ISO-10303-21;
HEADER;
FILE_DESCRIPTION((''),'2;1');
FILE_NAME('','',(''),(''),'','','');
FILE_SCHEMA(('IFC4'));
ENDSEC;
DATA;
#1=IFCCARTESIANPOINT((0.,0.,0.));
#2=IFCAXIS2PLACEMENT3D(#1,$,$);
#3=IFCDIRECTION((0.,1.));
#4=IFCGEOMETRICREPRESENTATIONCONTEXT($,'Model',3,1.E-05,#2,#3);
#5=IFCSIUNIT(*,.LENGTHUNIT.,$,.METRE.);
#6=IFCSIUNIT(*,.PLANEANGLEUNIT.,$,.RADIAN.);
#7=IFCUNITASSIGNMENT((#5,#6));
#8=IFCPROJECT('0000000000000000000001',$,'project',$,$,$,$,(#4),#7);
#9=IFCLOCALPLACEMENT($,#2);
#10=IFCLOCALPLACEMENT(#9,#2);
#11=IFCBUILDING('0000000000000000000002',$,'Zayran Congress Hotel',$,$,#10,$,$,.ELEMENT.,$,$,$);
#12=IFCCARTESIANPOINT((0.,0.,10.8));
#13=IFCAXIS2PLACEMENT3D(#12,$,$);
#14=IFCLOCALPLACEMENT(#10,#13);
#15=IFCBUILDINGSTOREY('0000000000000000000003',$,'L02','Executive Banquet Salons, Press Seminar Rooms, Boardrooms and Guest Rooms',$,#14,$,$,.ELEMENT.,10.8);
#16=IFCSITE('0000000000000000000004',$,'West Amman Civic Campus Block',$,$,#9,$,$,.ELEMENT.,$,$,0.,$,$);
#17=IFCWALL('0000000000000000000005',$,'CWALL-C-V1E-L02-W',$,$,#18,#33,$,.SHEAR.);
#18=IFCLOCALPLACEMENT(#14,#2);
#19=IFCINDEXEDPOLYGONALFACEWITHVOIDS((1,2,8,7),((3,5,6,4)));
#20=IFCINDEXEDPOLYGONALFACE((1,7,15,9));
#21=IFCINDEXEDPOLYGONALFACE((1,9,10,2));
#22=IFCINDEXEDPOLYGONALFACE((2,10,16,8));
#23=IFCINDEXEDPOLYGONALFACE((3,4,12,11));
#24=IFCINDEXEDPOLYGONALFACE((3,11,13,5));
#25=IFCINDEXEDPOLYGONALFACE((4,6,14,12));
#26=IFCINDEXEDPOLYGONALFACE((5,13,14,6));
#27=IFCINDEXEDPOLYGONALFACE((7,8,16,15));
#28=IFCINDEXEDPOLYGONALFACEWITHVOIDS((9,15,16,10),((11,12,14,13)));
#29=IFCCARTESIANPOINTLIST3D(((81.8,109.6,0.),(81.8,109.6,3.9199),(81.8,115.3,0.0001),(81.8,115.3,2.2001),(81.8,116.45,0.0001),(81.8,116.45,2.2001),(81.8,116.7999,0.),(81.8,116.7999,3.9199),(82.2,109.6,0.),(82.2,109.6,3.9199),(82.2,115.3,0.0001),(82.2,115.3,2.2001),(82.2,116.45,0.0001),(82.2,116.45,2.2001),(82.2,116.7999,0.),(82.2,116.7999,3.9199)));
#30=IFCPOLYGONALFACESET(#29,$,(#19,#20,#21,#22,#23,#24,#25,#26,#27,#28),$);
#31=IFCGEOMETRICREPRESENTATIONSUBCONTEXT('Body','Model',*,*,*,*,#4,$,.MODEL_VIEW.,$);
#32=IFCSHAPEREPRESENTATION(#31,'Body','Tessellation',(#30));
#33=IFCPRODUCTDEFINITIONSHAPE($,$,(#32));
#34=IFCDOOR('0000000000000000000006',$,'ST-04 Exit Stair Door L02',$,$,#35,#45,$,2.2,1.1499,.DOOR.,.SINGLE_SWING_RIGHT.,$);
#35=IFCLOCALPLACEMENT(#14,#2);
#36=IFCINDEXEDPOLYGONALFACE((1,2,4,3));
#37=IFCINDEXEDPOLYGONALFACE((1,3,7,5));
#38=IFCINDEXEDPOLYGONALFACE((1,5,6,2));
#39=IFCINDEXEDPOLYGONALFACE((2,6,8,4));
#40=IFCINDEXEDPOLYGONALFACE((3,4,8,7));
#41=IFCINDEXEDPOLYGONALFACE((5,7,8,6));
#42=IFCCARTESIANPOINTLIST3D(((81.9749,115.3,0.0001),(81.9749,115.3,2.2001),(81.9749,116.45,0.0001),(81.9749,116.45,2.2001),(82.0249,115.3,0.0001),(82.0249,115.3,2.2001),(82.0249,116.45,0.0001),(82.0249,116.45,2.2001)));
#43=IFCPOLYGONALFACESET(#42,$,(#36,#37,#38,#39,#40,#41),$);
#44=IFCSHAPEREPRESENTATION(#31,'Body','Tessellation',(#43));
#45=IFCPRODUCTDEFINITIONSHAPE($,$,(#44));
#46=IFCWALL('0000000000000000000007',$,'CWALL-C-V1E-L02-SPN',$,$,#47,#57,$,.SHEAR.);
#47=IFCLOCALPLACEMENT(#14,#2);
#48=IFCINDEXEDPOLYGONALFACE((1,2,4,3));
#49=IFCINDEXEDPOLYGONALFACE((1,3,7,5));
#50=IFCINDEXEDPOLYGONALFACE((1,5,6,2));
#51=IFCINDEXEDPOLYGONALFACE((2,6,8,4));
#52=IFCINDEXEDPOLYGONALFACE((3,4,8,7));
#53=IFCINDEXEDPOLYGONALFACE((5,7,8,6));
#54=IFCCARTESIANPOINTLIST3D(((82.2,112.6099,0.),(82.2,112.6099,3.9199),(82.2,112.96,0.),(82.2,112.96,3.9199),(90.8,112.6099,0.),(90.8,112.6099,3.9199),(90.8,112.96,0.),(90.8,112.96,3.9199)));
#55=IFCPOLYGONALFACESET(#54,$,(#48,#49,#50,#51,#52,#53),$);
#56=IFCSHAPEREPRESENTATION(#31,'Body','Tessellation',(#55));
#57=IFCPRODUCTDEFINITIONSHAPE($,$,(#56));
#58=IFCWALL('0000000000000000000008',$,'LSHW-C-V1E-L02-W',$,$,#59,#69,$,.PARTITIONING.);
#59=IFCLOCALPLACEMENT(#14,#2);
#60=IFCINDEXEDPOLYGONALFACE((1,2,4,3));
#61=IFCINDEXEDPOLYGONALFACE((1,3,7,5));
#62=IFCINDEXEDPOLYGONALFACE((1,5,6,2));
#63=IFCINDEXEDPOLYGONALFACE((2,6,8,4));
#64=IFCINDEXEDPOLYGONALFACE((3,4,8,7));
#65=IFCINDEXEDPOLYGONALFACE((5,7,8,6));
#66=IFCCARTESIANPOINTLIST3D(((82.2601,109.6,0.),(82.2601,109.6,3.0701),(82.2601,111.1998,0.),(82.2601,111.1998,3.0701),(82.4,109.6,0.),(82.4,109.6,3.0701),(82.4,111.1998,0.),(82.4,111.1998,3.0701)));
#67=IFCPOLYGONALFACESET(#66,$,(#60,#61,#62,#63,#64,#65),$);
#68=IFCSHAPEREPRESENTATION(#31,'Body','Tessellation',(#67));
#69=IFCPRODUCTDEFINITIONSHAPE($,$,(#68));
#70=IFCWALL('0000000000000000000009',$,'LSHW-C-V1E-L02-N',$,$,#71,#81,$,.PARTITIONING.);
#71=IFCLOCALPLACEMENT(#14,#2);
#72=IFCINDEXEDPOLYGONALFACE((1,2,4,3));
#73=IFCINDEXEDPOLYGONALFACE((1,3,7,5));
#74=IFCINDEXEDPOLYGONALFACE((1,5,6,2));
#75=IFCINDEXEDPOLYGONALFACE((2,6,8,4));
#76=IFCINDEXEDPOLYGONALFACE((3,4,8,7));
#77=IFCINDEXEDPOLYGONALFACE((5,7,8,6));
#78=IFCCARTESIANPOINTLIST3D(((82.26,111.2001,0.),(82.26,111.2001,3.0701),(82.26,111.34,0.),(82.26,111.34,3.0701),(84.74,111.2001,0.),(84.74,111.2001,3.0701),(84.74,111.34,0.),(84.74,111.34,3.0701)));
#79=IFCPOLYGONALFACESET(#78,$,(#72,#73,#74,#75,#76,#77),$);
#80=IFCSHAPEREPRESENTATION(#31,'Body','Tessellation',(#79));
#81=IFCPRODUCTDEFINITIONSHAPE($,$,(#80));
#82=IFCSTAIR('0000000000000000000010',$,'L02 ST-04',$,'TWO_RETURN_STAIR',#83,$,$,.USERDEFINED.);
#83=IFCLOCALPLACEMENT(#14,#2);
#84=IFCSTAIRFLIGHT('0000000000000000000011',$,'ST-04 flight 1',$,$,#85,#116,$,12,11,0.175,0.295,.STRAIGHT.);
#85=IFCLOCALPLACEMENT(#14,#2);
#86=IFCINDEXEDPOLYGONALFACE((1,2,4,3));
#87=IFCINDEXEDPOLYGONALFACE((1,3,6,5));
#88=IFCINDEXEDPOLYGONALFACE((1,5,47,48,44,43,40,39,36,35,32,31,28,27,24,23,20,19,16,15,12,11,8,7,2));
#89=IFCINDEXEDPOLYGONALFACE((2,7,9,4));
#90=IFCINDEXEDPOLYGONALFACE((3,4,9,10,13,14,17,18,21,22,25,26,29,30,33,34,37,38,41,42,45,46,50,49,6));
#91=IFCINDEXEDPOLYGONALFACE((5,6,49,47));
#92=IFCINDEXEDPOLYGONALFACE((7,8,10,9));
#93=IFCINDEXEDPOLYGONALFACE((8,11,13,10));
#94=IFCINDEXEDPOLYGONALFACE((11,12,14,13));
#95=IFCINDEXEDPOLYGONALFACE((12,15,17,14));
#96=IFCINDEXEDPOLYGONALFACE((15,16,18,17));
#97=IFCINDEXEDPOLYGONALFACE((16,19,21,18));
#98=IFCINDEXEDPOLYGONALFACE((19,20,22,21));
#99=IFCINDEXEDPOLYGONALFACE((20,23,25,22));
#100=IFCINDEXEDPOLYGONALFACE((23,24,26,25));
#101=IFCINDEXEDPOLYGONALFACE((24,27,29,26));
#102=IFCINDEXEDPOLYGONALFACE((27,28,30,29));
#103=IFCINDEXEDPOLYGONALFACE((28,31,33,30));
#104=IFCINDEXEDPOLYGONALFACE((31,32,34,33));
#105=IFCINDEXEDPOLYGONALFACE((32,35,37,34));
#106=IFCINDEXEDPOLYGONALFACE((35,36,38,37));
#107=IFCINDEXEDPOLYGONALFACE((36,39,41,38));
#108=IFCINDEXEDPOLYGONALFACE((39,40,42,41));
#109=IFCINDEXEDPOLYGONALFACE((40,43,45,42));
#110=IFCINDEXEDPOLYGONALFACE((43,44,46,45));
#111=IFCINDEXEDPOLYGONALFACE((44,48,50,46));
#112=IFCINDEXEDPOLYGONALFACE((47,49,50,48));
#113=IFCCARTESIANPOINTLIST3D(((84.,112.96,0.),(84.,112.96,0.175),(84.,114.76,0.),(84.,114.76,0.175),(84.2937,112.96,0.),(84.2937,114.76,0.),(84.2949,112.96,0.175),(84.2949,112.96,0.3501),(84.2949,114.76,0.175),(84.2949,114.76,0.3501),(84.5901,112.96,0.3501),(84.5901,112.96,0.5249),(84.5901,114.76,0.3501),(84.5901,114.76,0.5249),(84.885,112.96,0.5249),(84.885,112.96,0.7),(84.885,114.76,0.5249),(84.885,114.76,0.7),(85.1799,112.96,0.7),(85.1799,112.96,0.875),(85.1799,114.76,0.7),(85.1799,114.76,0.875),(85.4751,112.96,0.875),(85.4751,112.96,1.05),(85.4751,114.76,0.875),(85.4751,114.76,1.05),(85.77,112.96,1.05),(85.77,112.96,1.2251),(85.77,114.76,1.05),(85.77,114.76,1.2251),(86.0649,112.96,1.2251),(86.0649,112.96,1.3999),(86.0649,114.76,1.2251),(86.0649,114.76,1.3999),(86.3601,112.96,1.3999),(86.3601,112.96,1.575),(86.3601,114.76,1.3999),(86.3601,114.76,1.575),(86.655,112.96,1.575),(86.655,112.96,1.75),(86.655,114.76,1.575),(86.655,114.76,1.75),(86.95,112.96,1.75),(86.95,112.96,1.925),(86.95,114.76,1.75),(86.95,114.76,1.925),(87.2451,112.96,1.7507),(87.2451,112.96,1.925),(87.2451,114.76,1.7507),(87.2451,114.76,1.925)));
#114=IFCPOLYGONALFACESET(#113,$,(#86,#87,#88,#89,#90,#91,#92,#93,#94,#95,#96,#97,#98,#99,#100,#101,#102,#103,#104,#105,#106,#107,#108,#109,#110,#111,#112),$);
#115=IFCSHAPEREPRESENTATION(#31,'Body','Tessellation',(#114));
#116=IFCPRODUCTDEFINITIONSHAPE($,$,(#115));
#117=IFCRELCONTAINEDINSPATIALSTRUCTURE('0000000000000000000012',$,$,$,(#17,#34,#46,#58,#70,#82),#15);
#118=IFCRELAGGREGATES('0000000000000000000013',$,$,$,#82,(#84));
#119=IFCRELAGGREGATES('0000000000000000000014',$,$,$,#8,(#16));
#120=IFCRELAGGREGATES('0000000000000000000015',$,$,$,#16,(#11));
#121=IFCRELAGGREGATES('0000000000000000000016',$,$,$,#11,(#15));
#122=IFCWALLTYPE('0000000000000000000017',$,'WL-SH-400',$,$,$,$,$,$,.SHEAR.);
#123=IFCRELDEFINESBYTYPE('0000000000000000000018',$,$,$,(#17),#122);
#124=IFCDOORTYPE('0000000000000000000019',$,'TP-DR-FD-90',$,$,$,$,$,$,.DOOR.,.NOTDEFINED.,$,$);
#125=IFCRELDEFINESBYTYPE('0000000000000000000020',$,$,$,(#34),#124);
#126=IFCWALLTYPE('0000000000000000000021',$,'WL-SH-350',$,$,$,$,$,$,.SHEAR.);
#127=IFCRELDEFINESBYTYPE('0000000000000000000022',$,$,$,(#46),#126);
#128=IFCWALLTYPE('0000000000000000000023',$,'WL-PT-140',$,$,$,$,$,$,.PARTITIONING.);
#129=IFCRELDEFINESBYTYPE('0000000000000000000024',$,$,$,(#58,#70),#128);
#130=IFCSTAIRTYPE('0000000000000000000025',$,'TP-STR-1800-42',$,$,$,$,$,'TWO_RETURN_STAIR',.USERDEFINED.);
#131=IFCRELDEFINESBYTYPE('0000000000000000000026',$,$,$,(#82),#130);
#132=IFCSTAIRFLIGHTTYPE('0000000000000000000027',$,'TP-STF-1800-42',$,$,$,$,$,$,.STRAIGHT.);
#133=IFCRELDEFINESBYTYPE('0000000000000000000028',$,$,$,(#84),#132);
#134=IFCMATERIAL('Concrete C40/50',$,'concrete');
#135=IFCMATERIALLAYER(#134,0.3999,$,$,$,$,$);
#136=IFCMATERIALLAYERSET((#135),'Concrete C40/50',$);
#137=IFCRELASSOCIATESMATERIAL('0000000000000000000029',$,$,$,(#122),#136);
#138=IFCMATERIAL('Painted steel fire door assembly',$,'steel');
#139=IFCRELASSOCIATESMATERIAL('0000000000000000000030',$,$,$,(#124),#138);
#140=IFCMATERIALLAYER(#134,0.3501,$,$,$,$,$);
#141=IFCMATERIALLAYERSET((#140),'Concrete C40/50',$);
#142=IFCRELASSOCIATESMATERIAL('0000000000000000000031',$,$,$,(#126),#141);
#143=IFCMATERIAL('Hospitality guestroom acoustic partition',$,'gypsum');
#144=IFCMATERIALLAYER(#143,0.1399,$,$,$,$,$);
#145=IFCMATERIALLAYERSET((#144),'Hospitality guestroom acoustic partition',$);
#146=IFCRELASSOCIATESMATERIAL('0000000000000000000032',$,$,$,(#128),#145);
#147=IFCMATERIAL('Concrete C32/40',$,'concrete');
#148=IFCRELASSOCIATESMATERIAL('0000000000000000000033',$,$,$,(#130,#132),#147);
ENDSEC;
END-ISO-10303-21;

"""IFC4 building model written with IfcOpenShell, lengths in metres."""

from ifc_helpers import new_model, si_unit, direction, frame, frame_2d, origin, place, context, subcontext, project, spatial, polyline, rectangle, outline, extrude, material, layer, layer_set, type_object, element, fill, aggregate, save


model = new_model("IFC4")

# Units and contexts
model_context = context("Model", 3, precision=1e-05, world=origin(), true_north=direction((0.0, 1.0)))
body_context = subcontext(model_context, "Body", "Model", "MODEL_VIEW")
ifc_project = project(units=[si_unit("LENGTHUNIT", "METRE"), si_unit("PLANEANGLEUNIT", "RADIAN")], contexts=[model_context])

# Site, building, storey
site_placement = place(None, origin())
site = spatial("IfcSite", under=ifc_project, at=site_placement, Name="West Amman Civic Campus Block", CompositionType="ELEMENT", RefElevation=0.0)
building_placement = place(site_placement, origin())
building = spatial("IfcBuilding", under=site, at=building_placement, Name="Zayran Congress Hotel", CompositionType="ELEMENT")
storey_placement = place(building_placement, frame((0.0, 0.0, 10.8)))
storey = spatial("IfcBuildingStorey", under=building, at=storey_placement, Name="L02", Description="Executive Banquet Salons, Press Seminar Rooms, Boardrooms and Guest Rooms", CompositionType="ELEMENT", Elevation=10.8)

# Wall, opening, door
ifc_material_1 = material(Name="Concrete C40/50", Category="concrete")
ifc_layer_1 = layer(ifc_material_1, 0.3999)
ifc_layer_set_1 = layer_set([ifc_layer_1], Name="Concrete C40/50")
wall_type_1 = type_object("IfcWallType", Name="WL-SH-400", PredefinedType="SHEAR", material=ifc_layer_set_1)
wall_1_placement = place(storey_placement, frame((82.0, 116.8, 0.0), z_axis=(0.0, 0.0, 1.0), x_axis=(0.0, -1.0, 0.0)))
wall_1 = element("IfcWall", 1, at=wall_1_placement, inside=storey, type_object=wall_type_1, Name="CWALL-C-V1E-L02-W", PredefinedType="SHEAR", context=body_context, shape_type="SweptSolid", body=[
    extrude(rectangle(XDim=7.2, YDim=0.3999, at=frame_2d((3.6001, 0.0))), origin(), (0.0, 0.0, 1.0), 3.9199),
])
opening_1_placement = place(wall_1_placement, frame((0.3501, 0.0, 0.0)))
opening_1 = element("IfcOpeningElement", 2, at=opening_1_placement, cuts=wall_1, PredefinedType="OPENING", context=body_context, shape_type="SweptSolid", body=[
    extrude(rectangle(XDim=1.1499, YDim=2.2, at=frame_2d((0.575, 1.1001))), frame((0.0, 0.21, 0.0), z_axis=(0.0, -1.0, 0.0), x_axis=(1.0, 0.0, 0.0)), (0.0, 0.0, 1.0), 0.4199),
])
ifc_material_2 = material(Name="Painted steel fire door assembly", Category="steel")
door_type_1 = type_object("IfcDoorType", Name="TP-DR-FD-90", OperationType="NOTDEFINED", PredefinedType="DOOR", material=ifc_material_2)
door_1_placement = place(opening_1_placement, origin())
door_1 = element("IfcDoor", 3, at=door_1_placement, inside=storey, type_object=door_type_1, Name="ST-04 Exit Stair Door L02", OperationType="SINGLE_SWING_RIGHT", OverallHeight=2.2, OverallWidth=1.1499, PredefinedType="DOOR", context=body_context, shape_type="SweptSolid", body=[
    extrude(rectangle(XDim=1.1499, YDim=2.2, at=frame_2d((0.575, 1.1001))), frame((0.0, 0.0249, 0.0), z_axis=(0.0, -1.0, 0.0), x_axis=(1.0, 0.0, 0.0)), (0.0, 0.0, 1.0), 0.05),
])
fill(opening_1, door_1)

# Walls
ifc_layer_2 = layer(ifc_material_1, 0.3501)
ifc_layer_set_2 = layer_set([ifc_layer_2], Name="Concrete C40/50")
wall_type_2 = type_object("IfcWallType", Name="WL-SH-350", PredefinedType="SHEAR", material=ifc_layer_set_2)
wall_2_placement = place(storey_placement, frame((82.2, 112.7849, 0.0), z_axis=(0.0, 0.0, 1.0), x_axis=(1.0, 0.0, 0.0)))
element("IfcWall", 4, at=wall_2_placement, inside=storey, type_object=wall_type_2, Name="CWALL-C-V1E-L02-SPN", PredefinedType="SHEAR", context=body_context, shape_type="SweptSolid", body=[
    extrude(rectangle(XDim=8.6001, YDim=0.3501, at=frame_2d((4.3, 0.0))), origin(), (0.0, 0.0, 1.0), 3.9199),
])
ifc_material_3 = material(Name="Hospitality guestroom acoustic partition", Category="gypsum")
ifc_layer_3 = layer(ifc_material_3, 0.1399)
ifc_layer_set_3 = layer_set([ifc_layer_3], Name="Hospitality guestroom acoustic partition")
wall_type_3 = type_object("IfcWallType", Name="WL-PT-140", PredefinedType="PARTITIONING", material=ifc_layer_set_3)
wall_3_placement = place(storey_placement, frame((82.3301, 109.6001, 0.0), z_axis=(0.0, 0.0, 1.0), x_axis=(0.0, 1.0, 0.0)))
element("IfcWall", 5, at=wall_3_placement, inside=storey, type_object=wall_type_3, Name="LSHW-C-V1E-L02-W", PredefinedType="PARTITIONING", context=body_context, shape_type="SweptSolid", body=[
    extrude(rectangle(XDim=1.5999, YDim=0.1399, at=frame_2d((0.7998, 0.0))), origin(), (0.0, 0.0, 1.0), 3.0701),
])
wall_4_placement = place(storey_placement, frame((82.26, 111.27, 0.0), z_axis=(0.0, 0.0, 1.0), x_axis=(1.0, 0.0, 0.0)))
element("IfcWall", 6, at=wall_4_placement, inside=storey, type_object=wall_type_3, Name="LSHW-C-V1E-L02-N", PredefinedType="PARTITIONING", context=body_context, shape_type="SweptSolid", body=[
    extrude(rectangle(XDim=2.48, YDim=0.1399, at=frame_2d((1.24, 0.0))), origin(), (0.0, 0.0, 1.0), 3.0701),
])

# Stair, stair flight
ifc_material_4 = material(Name="Concrete C32/40", Category="concrete")
stair_type = type_object("IfcStairType", Name="TP-STR-1800-42", ElementType="TWO_RETURN_STAIR", PredefinedType="USERDEFINED", material=ifc_material_4)
stair_placement = place(storey_placement, origin())
stair = element("IfcStair", 7, at=stair_placement, inside=storey, type_object=stair_type, Name="L02 ST-04", ObjectType="TWO_RETURN_STAIR", PredefinedType="USERDEFINED")
stair_flight_type = type_object("IfcStairFlightType", Name="TP-STF-1800-42", PredefinedType="STRAIGHT", material=ifc_material_4)
stair_flight_placement = place(storey_placement, frame((84.0, 113.8601, 0.0), z_axis=(0.0, 0.0, 1.0), x_axis=(1.0, 0.0, 0.0)))
stair_flight = element("IfcStairFlight", 8, at=stair_flight_placement, type_object=stair_flight_type, Name="ST-04 flight 1", NumberOfRisers=12, NumberOfTreads=11, PredefinedType="STRAIGHT", RiserHeight=0.175, TreadLength=0.295, context=body_context, shape_type="SweptSolid", body=[
    extrude(outline(polyline([(0.0, 0.0), (0.0, 0.175), (0.2949, 0.175), (0.2949, 0.3501), (0.5901, 0.3501), (0.5901, 0.5249), (0.885, 0.5249), (0.885, 0.7), (1.1799, 0.7), (1.1799, 0.875), (1.4751, 0.875), (1.4751, 1.05), (1.77, 1.05), (1.77, 1.2251), (2.0649, 1.2251), (2.0649, 1.3999), (2.3601, 1.3999), (2.3601, 1.575), (2.655, 1.575), (2.655, 1.75), (2.95, 1.75), (2.95, 1.925), (3.2451, 1.925), (3.2451, 2.1001), (3.2451, 1.7507), (0.2937, 0.0), (0.0, 0.0)])), frame((0.0, 0.8999, 0.0), z_axis=(0.0, -1.0, 0.0), x_axis=(1.0, 0.0, 0.0)), (0.0, 0.0, 1.0), 1.8),
])
aggregate(stair, [stair_flight])

save(model, "model.ifc")
